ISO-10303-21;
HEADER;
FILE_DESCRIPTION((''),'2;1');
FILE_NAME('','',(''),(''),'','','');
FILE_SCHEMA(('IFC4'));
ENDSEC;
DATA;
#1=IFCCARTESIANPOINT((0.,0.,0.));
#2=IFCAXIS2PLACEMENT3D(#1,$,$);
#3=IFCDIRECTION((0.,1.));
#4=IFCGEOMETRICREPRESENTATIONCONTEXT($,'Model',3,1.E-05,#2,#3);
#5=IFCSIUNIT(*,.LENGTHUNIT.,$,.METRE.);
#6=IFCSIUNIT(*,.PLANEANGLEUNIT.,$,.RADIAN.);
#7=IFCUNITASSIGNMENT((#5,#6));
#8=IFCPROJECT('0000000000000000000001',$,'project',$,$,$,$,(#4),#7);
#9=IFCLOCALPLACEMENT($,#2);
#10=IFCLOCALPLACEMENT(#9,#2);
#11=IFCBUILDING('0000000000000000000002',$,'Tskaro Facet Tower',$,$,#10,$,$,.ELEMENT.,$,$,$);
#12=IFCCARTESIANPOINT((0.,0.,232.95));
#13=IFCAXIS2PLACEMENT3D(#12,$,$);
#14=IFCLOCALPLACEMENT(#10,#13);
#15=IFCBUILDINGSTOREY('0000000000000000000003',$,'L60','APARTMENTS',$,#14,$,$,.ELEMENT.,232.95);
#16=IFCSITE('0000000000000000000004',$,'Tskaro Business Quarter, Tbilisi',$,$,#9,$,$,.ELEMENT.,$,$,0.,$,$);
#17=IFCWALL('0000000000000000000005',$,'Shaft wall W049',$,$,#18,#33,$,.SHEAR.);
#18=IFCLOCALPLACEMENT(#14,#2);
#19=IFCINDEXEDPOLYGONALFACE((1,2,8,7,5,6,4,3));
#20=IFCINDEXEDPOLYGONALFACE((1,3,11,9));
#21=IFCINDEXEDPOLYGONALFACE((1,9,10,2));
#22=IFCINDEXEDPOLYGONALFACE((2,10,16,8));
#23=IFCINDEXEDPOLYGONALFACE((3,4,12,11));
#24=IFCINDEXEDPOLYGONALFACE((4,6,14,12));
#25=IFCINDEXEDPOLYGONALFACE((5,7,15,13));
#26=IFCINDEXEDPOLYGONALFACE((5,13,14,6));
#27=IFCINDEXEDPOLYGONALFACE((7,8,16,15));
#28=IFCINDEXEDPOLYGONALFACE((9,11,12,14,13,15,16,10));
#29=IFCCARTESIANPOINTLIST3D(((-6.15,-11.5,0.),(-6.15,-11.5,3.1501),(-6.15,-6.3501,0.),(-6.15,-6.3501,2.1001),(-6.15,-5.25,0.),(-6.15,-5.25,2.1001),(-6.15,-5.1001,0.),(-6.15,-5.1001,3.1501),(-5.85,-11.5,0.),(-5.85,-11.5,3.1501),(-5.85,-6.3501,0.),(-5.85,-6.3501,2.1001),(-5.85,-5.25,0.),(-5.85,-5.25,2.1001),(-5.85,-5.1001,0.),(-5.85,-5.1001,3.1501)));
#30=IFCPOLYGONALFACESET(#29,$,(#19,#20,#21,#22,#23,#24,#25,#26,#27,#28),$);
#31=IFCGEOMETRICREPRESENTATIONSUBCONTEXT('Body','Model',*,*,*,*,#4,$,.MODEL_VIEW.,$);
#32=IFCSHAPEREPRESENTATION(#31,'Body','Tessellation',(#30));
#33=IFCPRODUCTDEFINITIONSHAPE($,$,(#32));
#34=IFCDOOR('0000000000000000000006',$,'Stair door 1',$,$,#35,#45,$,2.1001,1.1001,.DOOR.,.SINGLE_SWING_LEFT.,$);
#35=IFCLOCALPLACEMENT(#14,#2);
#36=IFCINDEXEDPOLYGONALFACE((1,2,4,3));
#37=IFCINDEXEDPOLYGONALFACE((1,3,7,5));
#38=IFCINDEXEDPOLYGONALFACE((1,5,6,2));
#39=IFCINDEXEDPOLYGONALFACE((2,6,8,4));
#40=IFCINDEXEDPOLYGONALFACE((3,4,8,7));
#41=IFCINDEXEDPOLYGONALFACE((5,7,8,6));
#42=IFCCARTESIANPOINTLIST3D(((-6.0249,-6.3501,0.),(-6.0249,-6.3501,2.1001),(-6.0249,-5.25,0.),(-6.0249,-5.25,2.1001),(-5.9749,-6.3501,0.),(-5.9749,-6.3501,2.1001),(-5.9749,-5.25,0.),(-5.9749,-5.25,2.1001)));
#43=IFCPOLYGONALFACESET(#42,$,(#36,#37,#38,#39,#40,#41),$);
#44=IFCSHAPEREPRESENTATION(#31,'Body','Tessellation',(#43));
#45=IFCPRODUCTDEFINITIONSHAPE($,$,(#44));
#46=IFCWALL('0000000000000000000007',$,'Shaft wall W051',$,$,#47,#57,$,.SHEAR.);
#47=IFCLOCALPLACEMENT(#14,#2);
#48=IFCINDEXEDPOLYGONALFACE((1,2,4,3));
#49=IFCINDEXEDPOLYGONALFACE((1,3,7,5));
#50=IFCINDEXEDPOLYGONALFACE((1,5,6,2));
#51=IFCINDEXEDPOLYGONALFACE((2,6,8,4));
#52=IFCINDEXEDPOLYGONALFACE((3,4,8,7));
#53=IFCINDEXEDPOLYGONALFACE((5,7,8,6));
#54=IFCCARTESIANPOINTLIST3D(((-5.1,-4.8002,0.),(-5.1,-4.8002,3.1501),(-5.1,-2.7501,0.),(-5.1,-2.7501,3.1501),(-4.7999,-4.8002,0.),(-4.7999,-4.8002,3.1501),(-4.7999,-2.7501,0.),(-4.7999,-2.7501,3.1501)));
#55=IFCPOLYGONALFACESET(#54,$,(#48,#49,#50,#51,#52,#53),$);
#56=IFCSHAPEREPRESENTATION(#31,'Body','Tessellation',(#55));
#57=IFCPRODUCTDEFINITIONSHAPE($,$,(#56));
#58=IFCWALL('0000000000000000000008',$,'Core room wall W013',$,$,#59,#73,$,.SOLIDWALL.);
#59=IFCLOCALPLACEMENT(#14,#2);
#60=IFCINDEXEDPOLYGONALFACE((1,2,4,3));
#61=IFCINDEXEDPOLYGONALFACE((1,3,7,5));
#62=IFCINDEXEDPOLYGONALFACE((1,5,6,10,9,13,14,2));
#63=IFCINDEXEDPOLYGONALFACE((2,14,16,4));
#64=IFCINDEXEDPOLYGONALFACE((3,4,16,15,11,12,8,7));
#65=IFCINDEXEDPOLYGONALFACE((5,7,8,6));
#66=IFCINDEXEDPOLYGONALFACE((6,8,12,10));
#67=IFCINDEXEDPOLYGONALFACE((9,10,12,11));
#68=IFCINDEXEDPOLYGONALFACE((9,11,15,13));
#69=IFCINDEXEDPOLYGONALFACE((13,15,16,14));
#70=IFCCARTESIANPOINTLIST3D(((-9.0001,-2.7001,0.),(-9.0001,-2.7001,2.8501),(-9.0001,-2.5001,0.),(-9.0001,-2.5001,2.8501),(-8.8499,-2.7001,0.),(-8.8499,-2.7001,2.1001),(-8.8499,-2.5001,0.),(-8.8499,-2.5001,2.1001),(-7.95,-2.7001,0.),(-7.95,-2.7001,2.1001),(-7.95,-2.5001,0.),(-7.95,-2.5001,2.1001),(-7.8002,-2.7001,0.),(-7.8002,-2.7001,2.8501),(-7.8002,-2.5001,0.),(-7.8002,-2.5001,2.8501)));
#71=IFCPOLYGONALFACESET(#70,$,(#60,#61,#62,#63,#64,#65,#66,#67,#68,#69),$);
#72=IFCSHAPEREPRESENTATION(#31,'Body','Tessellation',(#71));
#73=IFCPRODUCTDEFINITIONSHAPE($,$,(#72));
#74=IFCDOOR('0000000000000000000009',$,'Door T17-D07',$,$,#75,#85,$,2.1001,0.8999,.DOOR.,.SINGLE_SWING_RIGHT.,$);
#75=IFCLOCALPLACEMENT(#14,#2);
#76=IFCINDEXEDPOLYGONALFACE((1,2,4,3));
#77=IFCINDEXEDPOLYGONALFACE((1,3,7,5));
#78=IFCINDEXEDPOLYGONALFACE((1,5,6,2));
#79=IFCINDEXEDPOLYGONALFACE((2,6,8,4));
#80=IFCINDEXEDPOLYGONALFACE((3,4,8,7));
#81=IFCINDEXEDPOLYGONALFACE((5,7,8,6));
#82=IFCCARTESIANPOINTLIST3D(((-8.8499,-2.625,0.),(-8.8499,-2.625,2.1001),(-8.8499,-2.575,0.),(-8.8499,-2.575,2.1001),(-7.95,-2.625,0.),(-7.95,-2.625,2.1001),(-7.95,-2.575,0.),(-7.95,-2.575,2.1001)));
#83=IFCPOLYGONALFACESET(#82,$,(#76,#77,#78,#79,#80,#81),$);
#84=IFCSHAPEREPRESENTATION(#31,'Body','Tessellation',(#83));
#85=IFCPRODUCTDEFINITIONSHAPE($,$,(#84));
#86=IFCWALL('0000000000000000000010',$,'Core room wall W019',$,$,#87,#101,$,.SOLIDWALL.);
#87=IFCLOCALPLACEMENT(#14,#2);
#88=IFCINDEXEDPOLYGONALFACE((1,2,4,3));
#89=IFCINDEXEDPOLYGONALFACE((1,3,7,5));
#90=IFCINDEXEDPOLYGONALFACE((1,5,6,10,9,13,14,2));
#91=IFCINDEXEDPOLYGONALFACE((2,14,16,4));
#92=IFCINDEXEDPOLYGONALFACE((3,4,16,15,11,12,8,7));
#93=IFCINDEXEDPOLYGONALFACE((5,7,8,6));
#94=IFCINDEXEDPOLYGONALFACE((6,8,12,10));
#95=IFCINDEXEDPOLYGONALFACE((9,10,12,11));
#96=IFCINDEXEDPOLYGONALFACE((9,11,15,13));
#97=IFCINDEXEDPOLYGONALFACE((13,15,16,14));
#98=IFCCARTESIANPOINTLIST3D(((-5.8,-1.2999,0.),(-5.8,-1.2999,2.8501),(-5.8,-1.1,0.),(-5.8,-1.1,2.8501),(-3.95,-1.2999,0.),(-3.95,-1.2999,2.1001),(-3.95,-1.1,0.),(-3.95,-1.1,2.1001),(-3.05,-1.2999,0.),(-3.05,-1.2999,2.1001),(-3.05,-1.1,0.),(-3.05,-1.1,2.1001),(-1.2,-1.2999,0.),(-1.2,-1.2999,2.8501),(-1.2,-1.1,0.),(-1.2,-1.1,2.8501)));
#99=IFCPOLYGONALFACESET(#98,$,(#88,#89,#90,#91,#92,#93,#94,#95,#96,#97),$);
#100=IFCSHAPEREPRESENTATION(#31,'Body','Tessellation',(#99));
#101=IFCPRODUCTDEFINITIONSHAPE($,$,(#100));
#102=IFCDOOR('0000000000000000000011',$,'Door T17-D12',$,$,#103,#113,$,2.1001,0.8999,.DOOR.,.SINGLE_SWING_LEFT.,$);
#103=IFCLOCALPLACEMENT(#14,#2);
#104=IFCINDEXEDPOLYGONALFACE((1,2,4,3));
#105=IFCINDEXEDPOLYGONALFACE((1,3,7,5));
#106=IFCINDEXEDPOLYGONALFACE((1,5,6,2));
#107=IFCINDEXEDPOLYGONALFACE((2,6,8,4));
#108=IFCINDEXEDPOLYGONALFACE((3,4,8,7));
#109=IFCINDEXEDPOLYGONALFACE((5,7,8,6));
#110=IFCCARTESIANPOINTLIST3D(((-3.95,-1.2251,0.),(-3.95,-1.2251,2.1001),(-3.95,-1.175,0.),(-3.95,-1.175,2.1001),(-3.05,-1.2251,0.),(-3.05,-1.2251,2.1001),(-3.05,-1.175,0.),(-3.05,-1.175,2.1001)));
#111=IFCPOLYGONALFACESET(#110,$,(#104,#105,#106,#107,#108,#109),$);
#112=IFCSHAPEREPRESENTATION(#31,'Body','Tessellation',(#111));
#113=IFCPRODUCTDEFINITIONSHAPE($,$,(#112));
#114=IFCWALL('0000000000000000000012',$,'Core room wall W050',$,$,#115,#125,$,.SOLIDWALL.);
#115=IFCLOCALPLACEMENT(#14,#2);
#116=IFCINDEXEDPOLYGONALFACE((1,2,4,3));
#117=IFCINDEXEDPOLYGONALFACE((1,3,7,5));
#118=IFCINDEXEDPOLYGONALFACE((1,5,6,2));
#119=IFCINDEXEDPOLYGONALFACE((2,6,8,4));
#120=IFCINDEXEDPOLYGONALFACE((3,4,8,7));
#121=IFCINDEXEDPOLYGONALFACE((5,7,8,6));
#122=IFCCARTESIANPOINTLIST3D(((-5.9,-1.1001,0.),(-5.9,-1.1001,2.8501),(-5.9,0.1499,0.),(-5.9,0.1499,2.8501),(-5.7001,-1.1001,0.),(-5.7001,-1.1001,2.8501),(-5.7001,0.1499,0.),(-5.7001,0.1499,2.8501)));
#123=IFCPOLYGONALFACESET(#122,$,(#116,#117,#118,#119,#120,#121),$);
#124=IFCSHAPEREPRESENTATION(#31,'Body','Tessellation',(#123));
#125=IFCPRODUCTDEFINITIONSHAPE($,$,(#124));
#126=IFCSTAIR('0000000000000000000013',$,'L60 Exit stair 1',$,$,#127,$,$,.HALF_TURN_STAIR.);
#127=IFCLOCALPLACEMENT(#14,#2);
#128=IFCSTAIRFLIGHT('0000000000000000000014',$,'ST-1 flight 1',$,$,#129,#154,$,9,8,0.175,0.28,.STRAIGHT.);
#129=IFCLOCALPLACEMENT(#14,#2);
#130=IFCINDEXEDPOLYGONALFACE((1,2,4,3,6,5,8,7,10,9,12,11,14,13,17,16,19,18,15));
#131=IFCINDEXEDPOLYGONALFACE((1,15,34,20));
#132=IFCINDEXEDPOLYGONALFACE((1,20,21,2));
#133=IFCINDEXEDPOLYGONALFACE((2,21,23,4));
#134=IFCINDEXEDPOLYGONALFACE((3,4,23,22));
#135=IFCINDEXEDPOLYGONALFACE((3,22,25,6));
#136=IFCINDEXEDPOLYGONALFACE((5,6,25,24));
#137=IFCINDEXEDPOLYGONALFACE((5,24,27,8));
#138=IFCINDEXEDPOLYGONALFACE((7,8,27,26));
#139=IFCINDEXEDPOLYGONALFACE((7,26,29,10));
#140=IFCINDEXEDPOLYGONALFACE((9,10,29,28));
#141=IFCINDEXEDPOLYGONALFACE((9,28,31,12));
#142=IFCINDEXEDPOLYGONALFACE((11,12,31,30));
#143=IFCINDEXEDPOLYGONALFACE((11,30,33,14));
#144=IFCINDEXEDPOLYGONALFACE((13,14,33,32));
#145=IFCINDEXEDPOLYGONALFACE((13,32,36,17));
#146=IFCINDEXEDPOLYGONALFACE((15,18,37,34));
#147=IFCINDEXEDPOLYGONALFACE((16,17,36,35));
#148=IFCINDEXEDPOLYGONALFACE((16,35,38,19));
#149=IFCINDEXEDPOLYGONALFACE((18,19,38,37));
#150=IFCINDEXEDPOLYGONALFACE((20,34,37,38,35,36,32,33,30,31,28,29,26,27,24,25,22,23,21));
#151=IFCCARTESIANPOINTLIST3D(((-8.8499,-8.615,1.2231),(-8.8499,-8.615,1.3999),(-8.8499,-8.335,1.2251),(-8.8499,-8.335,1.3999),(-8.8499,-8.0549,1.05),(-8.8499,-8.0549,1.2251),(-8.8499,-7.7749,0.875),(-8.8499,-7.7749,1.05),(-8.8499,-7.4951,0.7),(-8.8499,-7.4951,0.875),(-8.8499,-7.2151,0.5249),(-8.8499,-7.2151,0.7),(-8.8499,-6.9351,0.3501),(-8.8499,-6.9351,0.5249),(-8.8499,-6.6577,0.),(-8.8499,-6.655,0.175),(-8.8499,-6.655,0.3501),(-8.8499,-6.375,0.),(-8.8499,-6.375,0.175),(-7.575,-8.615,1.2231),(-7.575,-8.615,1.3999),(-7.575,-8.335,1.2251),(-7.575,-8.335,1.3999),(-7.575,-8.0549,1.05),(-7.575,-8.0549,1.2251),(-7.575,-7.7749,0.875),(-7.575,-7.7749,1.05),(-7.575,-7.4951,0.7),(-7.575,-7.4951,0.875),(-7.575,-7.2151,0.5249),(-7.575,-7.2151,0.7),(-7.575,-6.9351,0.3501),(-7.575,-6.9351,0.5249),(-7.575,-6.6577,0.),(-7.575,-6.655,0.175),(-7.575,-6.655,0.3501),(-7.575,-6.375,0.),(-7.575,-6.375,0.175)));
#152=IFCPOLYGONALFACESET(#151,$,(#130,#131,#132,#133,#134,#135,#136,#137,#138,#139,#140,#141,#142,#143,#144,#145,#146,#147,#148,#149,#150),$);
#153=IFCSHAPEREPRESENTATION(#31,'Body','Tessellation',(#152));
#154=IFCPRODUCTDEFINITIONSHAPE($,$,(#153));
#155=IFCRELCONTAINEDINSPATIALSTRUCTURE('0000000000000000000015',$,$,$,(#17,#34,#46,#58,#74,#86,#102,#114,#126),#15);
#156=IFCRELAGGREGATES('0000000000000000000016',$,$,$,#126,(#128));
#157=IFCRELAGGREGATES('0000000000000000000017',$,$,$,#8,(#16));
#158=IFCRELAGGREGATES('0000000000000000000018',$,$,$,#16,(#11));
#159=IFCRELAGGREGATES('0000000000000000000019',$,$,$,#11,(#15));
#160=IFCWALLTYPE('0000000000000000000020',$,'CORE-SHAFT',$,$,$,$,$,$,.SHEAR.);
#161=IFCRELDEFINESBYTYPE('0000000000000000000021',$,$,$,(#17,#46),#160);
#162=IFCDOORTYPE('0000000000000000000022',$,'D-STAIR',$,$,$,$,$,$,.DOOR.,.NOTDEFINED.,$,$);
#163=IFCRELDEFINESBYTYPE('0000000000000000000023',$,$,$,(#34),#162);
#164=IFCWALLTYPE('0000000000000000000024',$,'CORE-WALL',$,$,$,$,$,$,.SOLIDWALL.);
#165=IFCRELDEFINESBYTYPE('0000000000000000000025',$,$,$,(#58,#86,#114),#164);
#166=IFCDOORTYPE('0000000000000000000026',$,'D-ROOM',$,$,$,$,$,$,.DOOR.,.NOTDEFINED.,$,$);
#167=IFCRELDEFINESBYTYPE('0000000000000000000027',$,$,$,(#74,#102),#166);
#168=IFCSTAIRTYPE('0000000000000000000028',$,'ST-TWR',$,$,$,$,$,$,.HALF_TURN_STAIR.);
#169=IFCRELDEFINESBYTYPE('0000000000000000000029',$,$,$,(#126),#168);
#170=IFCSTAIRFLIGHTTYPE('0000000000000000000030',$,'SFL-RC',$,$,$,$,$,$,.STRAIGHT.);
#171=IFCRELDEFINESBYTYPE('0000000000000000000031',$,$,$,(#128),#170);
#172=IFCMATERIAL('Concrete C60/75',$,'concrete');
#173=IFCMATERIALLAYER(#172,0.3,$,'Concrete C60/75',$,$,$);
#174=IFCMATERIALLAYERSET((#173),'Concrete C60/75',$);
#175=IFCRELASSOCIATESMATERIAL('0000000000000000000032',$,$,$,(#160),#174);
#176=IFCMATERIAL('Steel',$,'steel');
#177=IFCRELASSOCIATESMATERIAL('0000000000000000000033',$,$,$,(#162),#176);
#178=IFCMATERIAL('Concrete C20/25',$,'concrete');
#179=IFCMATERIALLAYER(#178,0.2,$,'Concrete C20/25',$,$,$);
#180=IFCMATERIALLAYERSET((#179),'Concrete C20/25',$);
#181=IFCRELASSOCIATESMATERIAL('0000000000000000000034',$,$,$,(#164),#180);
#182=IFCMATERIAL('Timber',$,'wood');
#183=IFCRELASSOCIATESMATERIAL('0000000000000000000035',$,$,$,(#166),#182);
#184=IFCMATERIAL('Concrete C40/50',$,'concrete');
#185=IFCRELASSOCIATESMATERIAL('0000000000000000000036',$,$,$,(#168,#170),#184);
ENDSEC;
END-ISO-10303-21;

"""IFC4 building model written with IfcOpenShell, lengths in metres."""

from ifc_helpers import new_model, si_unit, direction, frame, frame_2d, origin, place, context, subcontext, project, spatial, polyline, rectangle, outline, extrude, material, layer, layer_set, type_object, element, fill, aggregate, save


model = new_model("IFC4")

# Units and contexts
model_context = context("Model", 3, precision=1e-05, world=origin(), true_north=direction((0.0, 1.0)))
body_context = subcontext(model_context, "Body", "Model", "MODEL_VIEW")
ifc_project = project(units=[si_unit("LENGTHUNIT", "METRE"), si_unit("PLANEANGLEUNIT", "RADIAN")], contexts=[model_context])

# Site, building, storey
site_placement = place(None, origin())
site = spatial("IfcSite", under=ifc_project, at=site_placement, Name="Tskaro Business Quarter, Tbilisi", CompositionType="ELEMENT", RefElevation=0.0)
building_placement = place(site_placement, origin())
building = spatial("IfcBuilding", under=site, at=building_placement, Name="Tskaro Facet Tower", CompositionType="ELEMENT")
storey_placement = place(building_placement, frame((0.0, 0.0, 232.95)))
storey = spatial("IfcBuildingStorey", under=building, at=storey_placement, Name="L60", Description="APARTMENTS", CompositionType="ELEMENT", Elevation=232.95)

# Shared definitions
ifc_material_1 = material(Name="Concrete C60/75", Category="concrete")
ifc_layer_1 = layer(ifc_material_1, 0.3, Name="Concrete C60/75")
ifc_layer_set_1 = layer_set([ifc_layer_1], Name="Concrete C60/75")
wall_type_1 = type_object("IfcWallType", Name="CORE-SHAFT", PredefinedType="SHEAR", material=ifc_layer_set_1)

# Wall, opening, door
wall_1_placement = place(storey_placement, frame((-6.0, -11.5, 0.0), z_axis=(0.0, 0.0, 1.0), x_axis=(0.0, 1.0, 0.0)))
wall_1 = element("IfcWall", 1, at=wall_1_placement, inside=storey, type_object=wall_type_1, Name="Shaft wall W049", PredefinedType="SHEAR", context=body_context, shape_type="SweptSolid", body=[
    extrude(rectangle(XDim=6.3999, YDim=0.3, at=frame_2d((3.2, 0.0))), origin(), (0.0, 0.0, 1.0), 3.1501),
])
opening_1_placement = place(wall_1_placement, frame((5.1499, 0.0, 0.0)))
opening_1 = element("IfcOpeningElement", 2, at=opening_1_placement, cuts=wall_1, PredefinedType="OPENING", context=body_context, shape_type="SweptSolid", body=[
    extrude(rectangle(XDim=1.1001, YDim=2.1001, at=frame_2d((0.55, 1.05))), frame((0.0, 0.1599, 0.0), z_axis=(0.0, -1.0, 0.0), x_axis=(1.0, 0.0, 0.0)), (0.0, 0.0, 1.0), 0.3201),
])
ifc_material_2 = material(Name="Steel", Category="steel")
door_type_1 = type_object("IfcDoorType", Name="D-STAIR", OperationType="NOTDEFINED", PredefinedType="DOOR", material=ifc_material_2)
door_1_placement = place(opening_1_placement, origin())
door_1 = element("IfcDoor", 3, at=door_1_placement, inside=storey, type_object=door_type_1, Name="Stair door 1", OperationType="SINGLE_SWING_LEFT", OverallHeight=2.1001, OverallWidth=1.1001, PredefinedType="DOOR", context=body_context, shape_type="SweptSolid", body=[
    extrude(rectangle(XDim=1.1001, YDim=2.1001, at=frame_2d((0.55, 1.05))), frame((0.0, 0.0249, 0.0), z_axis=(0.0, -1.0, 0.0), x_axis=(1.0, 0.0, 0.0)), (0.0, 0.0, 1.0), 0.05),
])
fill(opening_1, door_1)

# Wall
wall_2_placement = place(storey_placement, frame((-4.95, -4.8, 0.0), z_axis=(0.0, 0.0, 1.0), x_axis=(0.0, 1.0, 0.0)))
element("IfcWall", 4, at=wall_2_placement, inside=storey, type_object=wall_type_1, Name="Shaft wall W051", PredefinedType="SHEAR", context=body_context, shape_type="SweptSolid", body=[
    extrude(rectangle(XDim=2.05, YDim=0.3, at=frame_2d((1.0249, 0.0))), origin(), (0.0, 0.0, 1.0), 3.1501),
])

# Walls, openings, doors
ifc_material_3 = material(Name="Concrete C20/25", Category="concrete")
ifc_layer_2 = layer(ifc_material_3, 0.2, Name="Concrete C20/25")
ifc_layer_set_2 = layer_set([ifc_layer_2], Name="Concrete C20/25")
wall_type_2 = type_object("IfcWallType", Name="CORE-WALL", PredefinedType="SOLIDWALL", material=ifc_layer_set_2)
wall_3_placement = place(storey_placement, frame((-7.8, -2.6001, 0.0), z_axis=(0.0, 0.0, 1.0), x_axis=(-1.0, 0.0, 0.0)))
wall_3 = element("IfcWall", 5, at=wall_3_placement, inside=storey, type_object=wall_type_2, Name="Core room wall W013", PredefinedType="SOLIDWALL", context=body_context, shape_type="SweptSolid", body=[
    extrude(rectangle(XDim=1.2, YDim=0.2, at=frame_2d((0.6001, 0.0))), origin(), (0.0, 0.0, 1.0), 2.8501),
])
opening_2_placement = place(wall_3_placement, frame((0.1499, 0.0, 0.0)))
opening_2 = element("IfcOpeningElement", 6, at=opening_2_placement, cuts=wall_3, PredefinedType="OPENING", context=body_context, shape_type="SweptSolid", body=[
    extrude(rectangle(XDim=0.8999, YDim=2.1001, at=frame_2d((0.45, 1.05))), frame((0.0, 0.1099, 0.0), z_axis=(0.0, -1.0, 0.0), x_axis=(1.0, 0.0, 0.0)), (0.0, 0.0, 1.0), 0.22),
])
ifc_material_4 = material(Name="Timber", Category="wood")
door_type_2 = type_object("IfcDoorType", Name="D-ROOM", OperationType="NOTDEFINED", PredefinedType="DOOR", material=ifc_material_4)
door_2_placement = place(opening_2_placement, origin())
door_2 = element("IfcDoor", 7, at=door_2_placement, inside=storey, type_object=door_type_2, Name="Door T17-D07", OperationType="SINGLE_SWING_RIGHT", OverallHeight=2.1001, OverallWidth=0.8999, PredefinedType="DOOR", context=body_context, shape_type="SweptSolid", body=[
    extrude(rectangle(XDim=0.8999, YDim=2.1001, at=frame_2d((0.45, 1.05))), frame((0.0, 0.0249, 0.0), z_axis=(0.0, -1.0, 0.0), x_axis=(1.0, 0.0, 0.0)), (0.0, 0.0, 1.0), 0.05),
])
fill(opening_2, door_2)
wall_4_placement = place(storey_placement, frame((-5.8, -1.2, 0.0), z_axis=(0.0, 0.0, 1.0), x_axis=(1.0, 0.0, 0.0)))
wall_4 = element("IfcWall", 8, at=wall_4_placement, inside=storey, type_object=wall_type_2, Name="Core room wall W019", PredefinedType="SOLIDWALL", context=body_context, shape_type="SweptSolid", body=[
    extrude(rectangle(XDim=4.6001, YDim=0.2, at=frame_2d((2.3, 0.0))), origin(), (0.0, 0.0, 1.0), 2.8501),
])
opening_3_placement = place(wall_4_placement, frame((1.8501, 0.0, 0.0)))
opening_3 = element("IfcOpeningElement", 9, at=opening_3_placement, cuts=wall_4, PredefinedType="OPENING", context=body_context, shape_type="SweptSolid", body=[
    extrude(rectangle(XDim=0.8999, YDim=2.1001, at=frame_2d((0.45, 1.05))), frame((0.0, 0.1099, 0.0), z_axis=(0.0, -1.0, 0.0), x_axis=(1.0, 0.0, 0.0)), (0.0, 0.0, 1.0), 0.22),
])
door_3_placement = place(opening_3_placement, origin())
door_3 = element("IfcDoor", 10, at=door_3_placement, inside=storey, type_object=door_type_2, Name="Door T17-D12", OperationType="SINGLE_SWING_LEFT", OverallHeight=2.1001, OverallWidth=0.8999, PredefinedType="DOOR", context=body_context, shape_type="SweptSolid", body=[
    extrude(rectangle(XDim=0.8999, YDim=2.1001, at=frame_2d((0.45, 1.05))), frame((0.0, 0.0249, 0.0), z_axis=(0.0, -1.0, 0.0), x_axis=(1.0, 0.0, 0.0)), (0.0, 0.0, 1.0), 0.05),
])
fill(opening_3, door_3)

# Wall
wall_5_placement = place(storey_placement, frame((-5.8, -1.1001, 0.0), z_axis=(0.0, 0.0, 1.0), x_axis=(0.0, 1.0, 0.0)))
element("IfcWall", 11, at=wall_5_placement, inside=storey, type_object=wall_type_2, Name="Core room wall W050", PredefinedType="SOLIDWALL", context=body_context, shape_type="SweptSolid", body=[
    extrude(rectangle(XDim=1.25, YDim=0.2, at=frame_2d((0.625, 0.0))), origin(), (0.0, 0.0, 1.0), 2.8501),
])

# Stair, stair flight
ifc_material_5 = material(Name="Concrete C40/50", Category="concrete")
stair_type = type_object("IfcStairType", Name="ST-TWR", PredefinedType="HALF_TURN_STAIR", material=ifc_material_5)
stair_placement = place(storey_placement, origin())
stair = element("IfcStair", 12, at=stair_placement, inside=storey, type_object=stair_type, Name="L60 Exit stair 1", PredefinedType="HALF_TURN_STAIR")
stair_flight_type = type_object("IfcStairFlightType", Name="SFL-RC", PredefinedType="STRAIGHT", material=ifc_material_5)
stair_flight_1_placement = place(storey_placement, frame((-8.2124, -6.375, 0.0), z_axis=(0.0, 0.0, 1.0), x_axis=(0.0, -1.0, 0.0)))
stair_flight_1 = element("IfcStairFlight", 13, at=stair_flight_1_placement, type_object=stair_flight_type, Name="ST-1 flight 1", NumberOfRisers=9, NumberOfTreads=8, PredefinedType="STRAIGHT", RiserHeight=0.175, TreadLength=0.28, context=body_context, shape_type="SweptSolid", body=[
    extrude(outline(polyline([(0.0, 0.0), (0.0, 0.175), (0.28, 0.175), (0.28, 0.3501), (0.5601, 0.3501), (0.5601, 0.5249), (0.8401, 0.5249), (0.8401, 0.7), (1.1201, 0.7), (1.1201, 0.875), (1.3999, 0.875), (1.3999, 1.05), (1.6799, 1.05), (1.6799, 1.2251), (1.96, 1.2251), (1.96, 1.3999), (2.24, 1.3999), (2.24, 1.575), (2.24, 1.2231), (0.2827, 0.0), (0.0, 0.0)])), frame((0.0, 0.6375, 0.0), z_axis=(0.0, -1.0, 0.0), x_axis=(1.0, 0.0, 0.0)), (0.0, 0.0, 1.0), 1.2749),
])
aggregate(stair, [stair_flight_1])

save(model, "model.ifc")
